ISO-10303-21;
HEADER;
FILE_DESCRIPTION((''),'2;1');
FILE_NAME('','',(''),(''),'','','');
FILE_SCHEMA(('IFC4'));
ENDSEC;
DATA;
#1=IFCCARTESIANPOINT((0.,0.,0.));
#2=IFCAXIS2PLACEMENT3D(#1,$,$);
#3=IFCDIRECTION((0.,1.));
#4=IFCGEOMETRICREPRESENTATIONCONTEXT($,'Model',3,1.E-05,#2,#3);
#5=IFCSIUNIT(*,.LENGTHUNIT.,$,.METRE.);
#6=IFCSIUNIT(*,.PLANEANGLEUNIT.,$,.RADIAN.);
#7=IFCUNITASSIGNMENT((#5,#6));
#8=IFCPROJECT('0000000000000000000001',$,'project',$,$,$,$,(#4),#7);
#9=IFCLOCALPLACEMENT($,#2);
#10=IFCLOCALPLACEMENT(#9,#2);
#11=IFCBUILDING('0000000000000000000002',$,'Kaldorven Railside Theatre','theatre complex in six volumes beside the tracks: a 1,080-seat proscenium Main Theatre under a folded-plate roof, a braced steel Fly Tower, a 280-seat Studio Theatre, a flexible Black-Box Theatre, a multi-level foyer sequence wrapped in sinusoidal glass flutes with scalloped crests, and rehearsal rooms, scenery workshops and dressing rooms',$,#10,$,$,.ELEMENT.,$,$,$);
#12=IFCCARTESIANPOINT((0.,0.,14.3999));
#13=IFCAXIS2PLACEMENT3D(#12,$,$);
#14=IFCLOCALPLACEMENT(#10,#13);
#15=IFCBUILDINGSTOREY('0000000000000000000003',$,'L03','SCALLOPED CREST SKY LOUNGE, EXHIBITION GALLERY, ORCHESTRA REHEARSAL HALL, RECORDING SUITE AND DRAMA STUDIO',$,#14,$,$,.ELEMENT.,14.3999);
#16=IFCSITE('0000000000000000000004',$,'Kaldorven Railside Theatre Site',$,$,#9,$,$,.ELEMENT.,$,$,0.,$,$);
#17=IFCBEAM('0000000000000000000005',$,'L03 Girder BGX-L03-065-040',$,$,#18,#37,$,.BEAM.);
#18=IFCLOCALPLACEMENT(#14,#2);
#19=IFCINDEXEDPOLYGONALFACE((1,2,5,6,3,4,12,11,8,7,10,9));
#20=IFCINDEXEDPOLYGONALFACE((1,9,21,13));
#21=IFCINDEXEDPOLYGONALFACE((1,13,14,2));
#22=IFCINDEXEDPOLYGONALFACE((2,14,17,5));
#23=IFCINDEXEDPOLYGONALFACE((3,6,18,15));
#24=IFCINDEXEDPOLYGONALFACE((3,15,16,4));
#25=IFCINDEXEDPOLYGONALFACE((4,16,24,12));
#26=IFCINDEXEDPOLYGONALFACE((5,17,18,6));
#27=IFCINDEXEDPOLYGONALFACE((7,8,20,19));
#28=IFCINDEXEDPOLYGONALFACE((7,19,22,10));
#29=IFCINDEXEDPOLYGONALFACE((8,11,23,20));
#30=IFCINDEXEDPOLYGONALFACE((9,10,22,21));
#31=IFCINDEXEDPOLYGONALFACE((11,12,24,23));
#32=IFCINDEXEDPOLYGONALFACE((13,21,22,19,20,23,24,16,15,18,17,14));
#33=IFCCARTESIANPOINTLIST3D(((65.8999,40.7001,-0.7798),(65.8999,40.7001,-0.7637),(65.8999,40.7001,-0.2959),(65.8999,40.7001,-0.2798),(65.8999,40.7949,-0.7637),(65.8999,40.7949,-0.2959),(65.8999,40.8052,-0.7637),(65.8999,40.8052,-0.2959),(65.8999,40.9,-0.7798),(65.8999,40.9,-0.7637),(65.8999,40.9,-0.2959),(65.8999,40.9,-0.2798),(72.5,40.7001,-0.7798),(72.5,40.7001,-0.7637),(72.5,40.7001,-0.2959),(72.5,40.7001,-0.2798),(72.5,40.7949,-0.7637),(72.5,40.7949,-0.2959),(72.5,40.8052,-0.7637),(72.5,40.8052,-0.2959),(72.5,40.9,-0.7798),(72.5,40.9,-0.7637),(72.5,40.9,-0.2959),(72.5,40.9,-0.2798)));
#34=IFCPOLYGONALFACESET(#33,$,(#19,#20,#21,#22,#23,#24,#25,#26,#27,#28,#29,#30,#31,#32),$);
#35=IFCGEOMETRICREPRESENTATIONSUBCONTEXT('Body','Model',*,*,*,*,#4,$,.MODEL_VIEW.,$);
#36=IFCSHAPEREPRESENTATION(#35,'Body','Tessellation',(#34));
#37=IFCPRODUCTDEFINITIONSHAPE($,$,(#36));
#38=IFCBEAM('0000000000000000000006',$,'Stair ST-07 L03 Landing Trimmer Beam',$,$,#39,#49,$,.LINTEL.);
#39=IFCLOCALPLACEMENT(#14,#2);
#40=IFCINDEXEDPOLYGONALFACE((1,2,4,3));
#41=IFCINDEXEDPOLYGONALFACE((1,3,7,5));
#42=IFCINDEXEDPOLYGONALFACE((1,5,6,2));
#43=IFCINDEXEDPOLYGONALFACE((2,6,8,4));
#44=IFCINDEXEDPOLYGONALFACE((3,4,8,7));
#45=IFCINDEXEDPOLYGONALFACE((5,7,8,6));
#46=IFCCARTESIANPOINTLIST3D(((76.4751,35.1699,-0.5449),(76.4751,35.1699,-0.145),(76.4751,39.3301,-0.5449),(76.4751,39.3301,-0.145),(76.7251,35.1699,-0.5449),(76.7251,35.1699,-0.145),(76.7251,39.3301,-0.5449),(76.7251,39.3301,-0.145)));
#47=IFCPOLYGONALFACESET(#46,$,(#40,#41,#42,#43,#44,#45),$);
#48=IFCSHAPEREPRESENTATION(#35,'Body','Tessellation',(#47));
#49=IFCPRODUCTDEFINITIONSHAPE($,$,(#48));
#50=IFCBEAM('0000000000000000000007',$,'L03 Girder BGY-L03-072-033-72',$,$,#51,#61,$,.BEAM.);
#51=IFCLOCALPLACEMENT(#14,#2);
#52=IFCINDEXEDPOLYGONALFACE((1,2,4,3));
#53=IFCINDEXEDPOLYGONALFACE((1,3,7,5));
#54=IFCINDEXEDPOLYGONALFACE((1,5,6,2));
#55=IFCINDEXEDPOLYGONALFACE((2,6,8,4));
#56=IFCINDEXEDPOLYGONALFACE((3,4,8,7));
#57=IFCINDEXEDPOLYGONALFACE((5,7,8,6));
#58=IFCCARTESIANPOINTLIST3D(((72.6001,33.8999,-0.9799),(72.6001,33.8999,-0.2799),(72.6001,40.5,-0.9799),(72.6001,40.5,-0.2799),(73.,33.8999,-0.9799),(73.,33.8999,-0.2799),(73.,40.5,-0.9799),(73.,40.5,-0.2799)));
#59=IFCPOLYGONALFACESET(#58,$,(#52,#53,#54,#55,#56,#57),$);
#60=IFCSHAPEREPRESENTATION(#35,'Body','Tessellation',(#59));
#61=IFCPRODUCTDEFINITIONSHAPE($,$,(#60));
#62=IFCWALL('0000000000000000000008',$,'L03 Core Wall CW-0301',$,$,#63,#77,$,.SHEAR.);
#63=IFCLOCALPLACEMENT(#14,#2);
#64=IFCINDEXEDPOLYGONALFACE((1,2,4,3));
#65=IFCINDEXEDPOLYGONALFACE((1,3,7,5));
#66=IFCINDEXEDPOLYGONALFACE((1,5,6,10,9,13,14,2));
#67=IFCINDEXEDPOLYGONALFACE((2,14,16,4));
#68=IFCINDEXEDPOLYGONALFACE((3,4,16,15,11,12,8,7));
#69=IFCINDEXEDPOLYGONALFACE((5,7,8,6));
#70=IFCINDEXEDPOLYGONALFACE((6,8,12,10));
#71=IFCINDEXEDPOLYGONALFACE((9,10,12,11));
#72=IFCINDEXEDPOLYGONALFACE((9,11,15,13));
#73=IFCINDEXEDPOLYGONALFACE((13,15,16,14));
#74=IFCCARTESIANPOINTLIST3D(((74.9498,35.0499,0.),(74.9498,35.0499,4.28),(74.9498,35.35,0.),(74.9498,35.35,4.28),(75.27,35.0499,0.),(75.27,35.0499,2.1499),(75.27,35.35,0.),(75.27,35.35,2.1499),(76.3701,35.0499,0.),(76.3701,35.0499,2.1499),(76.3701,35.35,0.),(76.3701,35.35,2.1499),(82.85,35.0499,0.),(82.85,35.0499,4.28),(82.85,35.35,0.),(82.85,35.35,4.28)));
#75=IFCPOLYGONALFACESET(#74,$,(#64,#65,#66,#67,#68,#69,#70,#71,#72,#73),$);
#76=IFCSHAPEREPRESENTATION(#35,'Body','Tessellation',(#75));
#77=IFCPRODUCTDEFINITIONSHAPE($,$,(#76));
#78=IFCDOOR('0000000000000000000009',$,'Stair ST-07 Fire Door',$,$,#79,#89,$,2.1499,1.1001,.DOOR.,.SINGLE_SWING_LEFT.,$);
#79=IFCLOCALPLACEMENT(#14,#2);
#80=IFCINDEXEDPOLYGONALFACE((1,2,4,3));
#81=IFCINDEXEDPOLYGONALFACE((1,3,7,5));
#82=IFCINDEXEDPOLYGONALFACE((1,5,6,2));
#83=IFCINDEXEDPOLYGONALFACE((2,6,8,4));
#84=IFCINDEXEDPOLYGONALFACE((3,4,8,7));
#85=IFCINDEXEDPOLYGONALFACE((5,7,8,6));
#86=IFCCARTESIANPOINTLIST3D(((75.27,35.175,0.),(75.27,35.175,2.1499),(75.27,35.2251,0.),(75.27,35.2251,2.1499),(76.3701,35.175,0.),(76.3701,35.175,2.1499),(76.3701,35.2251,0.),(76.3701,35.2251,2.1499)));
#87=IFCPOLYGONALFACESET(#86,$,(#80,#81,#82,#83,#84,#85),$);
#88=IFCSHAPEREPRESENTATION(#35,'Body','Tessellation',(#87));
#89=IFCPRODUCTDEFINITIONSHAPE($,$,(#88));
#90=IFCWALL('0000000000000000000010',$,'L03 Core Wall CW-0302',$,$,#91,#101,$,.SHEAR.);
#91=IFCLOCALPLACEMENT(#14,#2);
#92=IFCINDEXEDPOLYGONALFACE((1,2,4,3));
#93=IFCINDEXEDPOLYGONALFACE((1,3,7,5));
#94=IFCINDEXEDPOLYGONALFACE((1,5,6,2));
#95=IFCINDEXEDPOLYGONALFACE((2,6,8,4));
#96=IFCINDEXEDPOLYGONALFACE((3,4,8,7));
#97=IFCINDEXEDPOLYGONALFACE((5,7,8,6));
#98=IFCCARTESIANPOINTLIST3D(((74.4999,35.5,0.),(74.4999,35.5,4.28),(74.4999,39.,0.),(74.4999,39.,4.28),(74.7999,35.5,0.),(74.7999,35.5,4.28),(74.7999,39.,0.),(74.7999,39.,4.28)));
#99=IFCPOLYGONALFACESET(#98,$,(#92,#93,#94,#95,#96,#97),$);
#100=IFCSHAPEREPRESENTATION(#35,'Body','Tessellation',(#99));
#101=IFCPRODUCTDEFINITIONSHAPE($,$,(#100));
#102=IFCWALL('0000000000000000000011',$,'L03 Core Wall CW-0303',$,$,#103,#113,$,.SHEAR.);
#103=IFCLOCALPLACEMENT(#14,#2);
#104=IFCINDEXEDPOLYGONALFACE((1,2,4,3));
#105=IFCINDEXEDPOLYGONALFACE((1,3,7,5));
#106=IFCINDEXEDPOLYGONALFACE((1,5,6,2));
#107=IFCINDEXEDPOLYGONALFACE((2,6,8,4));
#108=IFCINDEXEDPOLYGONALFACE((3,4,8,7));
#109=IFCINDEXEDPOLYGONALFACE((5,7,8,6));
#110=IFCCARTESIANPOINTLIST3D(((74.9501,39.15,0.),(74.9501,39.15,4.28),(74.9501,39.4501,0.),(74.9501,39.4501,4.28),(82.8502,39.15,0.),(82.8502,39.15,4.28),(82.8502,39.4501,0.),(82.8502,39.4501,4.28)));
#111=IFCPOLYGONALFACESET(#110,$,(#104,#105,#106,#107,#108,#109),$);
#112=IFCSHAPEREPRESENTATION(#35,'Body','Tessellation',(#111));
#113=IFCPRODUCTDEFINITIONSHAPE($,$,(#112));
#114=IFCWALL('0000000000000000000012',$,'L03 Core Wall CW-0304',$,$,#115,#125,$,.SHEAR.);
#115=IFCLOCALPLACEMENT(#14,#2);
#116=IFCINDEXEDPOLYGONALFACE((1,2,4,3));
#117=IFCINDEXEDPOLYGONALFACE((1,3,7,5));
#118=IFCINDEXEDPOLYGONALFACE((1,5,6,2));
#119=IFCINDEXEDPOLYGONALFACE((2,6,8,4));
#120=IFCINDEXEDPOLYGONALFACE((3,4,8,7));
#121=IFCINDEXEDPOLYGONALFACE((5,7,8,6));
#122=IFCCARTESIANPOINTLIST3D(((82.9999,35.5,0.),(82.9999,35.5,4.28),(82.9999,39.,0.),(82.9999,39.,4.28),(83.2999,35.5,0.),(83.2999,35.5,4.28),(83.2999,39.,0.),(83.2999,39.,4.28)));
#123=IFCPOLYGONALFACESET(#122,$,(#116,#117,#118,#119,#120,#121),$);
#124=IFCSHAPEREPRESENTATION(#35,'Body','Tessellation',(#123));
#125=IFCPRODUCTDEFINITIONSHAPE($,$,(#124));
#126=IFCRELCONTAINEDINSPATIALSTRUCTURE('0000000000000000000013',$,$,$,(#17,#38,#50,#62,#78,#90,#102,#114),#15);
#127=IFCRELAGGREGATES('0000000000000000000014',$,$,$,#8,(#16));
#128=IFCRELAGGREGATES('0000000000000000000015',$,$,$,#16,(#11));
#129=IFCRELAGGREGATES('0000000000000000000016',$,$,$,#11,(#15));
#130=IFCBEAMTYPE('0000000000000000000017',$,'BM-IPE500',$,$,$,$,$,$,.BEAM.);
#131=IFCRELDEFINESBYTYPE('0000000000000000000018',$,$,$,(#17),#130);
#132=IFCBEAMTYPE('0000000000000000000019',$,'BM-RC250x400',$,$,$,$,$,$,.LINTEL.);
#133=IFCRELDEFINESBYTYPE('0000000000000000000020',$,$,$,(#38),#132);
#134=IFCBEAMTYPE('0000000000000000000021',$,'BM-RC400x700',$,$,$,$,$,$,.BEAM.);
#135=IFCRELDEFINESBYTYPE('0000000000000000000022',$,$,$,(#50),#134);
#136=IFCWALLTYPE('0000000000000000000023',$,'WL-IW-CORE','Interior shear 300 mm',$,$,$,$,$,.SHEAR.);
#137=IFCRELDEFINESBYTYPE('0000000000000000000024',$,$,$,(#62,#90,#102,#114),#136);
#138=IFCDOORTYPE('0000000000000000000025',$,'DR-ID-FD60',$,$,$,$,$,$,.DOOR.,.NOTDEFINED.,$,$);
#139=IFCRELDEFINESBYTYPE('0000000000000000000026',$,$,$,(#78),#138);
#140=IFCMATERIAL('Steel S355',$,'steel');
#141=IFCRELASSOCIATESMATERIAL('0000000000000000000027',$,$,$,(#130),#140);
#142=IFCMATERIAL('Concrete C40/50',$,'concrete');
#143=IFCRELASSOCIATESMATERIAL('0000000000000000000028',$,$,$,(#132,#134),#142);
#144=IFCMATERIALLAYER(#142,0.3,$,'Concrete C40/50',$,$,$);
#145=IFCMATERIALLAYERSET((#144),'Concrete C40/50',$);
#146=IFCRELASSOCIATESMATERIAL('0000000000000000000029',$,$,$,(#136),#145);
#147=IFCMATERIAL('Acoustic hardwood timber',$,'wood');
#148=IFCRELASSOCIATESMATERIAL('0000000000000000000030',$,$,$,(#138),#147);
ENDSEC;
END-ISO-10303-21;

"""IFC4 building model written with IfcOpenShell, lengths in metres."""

from ifc_helpers import new_model, si_unit, direction, frame, frame_2d, origin, origin_2d, place, context, subcontext, project, spatial, rectangle, i_section, extrude, material, layer, layer_set, material_profile, profile_set, type_object, element, fill, save


model = new_model("IFC4")

# Units and contexts
model_context = context("Model", 3, precision=1e-05, world=origin(), true_north=direction((0.0, 1.0)))
body_context = subcontext(model_context, "Body", "Model", "MODEL_VIEW")
ifc_project = project(units=[si_unit("LENGTHUNIT", "METRE"), si_unit("PLANEANGLEUNIT", "RADIAN")], contexts=[model_context])

# Site, building, storey
site_placement = place(None, origin())
site = spatial("IfcSite", under=ifc_project, at=site_placement, Name="Kaldorven Railside Theatre Site", CompositionType="ELEMENT", RefElevation=0.0)
building_placement = place(site_placement, origin())
building = spatial("IfcBuilding", under=site, at=building_placement, Name="Kaldorven Railside Theatre", Description="theatre complex in six volumes beside the tracks: a 1,080-seat proscenium Main Theatre under a folded-plate roof, a braced steel Fly Tower, a 280-seat Studio Theatre, a flexible Black-Box Theatre, a multi-level foyer sequence wrapped in sinusoidal glass flutes with scalloped crests, and rehearsal rooms, scenery workshops and dressing rooms", CompositionType="ELEMENT")
storey_placement = place(building_placement, frame((0.0, 0.0, 14.3999)))
storey = spatial("IfcBuildingStorey", under=building, at=storey_placement, Name="L03", Description="SCALLOPED CREST SKY LOUNGE, EXHIBITION GALLERY, ORCHESTRA REHEARSAL HALL, RECORDING SUITE AND DRAMA STUDIO", CompositionType="ELEMENT", Elevation=14.3999)

# Shared definitions
ifc_material_1 = material(Name="Concrete C40/50", Category="concrete")

# Beams
ifc_material_2 = material(Name="Steel S355", Category="steel")
ifc_material_profile_1 = material_profile(ifc_material_2, i_section(OverallWidth=0.2, OverallDepth=0.5, WebThickness=0.0103, FlangeThickness=0.0161, at=origin_2d()), Name="IPE 500")
ifc_profile_set_1 = profile_set([ifc_material_profile_1], Name="Steel S355")
beam_type_1 = type_object("IfcBeamType", Name="BM-IPE500", PredefinedType="BEAM", material=ifc_profile_set_1)
beam_1_placement = place(storey_placement, frame((65.8999, 40.8, -0.5298), z_axis=(1.0, 0.0, 0.0), x_axis=(0.0, 1.0, 0.0)))
element("IfcBeam", 1, at=beam_1_placement, inside=storey, type_object=beam_type_1, Name="L03 Girder BGX-L03-065-040", PredefinedType="BEAM", context=body_context, shape_type="SweptSolid", body=[
    extrude(i_section(OverallWidth=0.2, OverallDepth=0.5, WebThickness=0.0103, FlangeThickness=0.0161, at=origin_2d()), origin(), (0.0, 0.0, 1.0), 6.6001),
])
ifc_material_profile_2 = material_profile(ifc_material_1, rectangle(XDim=0.25, YDim=0.3999, at=origin_2d()), Name="RC 250x400")
ifc_profile_set_2 = profile_set([ifc_material_profile_2], Name="Concrete C40/50")
beam_type_2 = type_object("IfcBeamType", Name="BM-RC250x400", PredefinedType="LINTEL", material=ifc_profile_set_2)
beam_2_placement = place(storey_placement, frame((76.6001, 35.1699, -0.345), z_axis=(0.0, 1.0, 0.0), x_axis=(-1.0, 0.0, 0.0)))
element("IfcBeam", 2, at=beam_2_placement, inside=storey, type_object=beam_type_2, Name="Stair ST-07 L03 Landing Trimmer Beam", PredefinedType="LINTEL", context=body_context, shape_type="SweptSolid", body=[
    extrude(rectangle(XDim=0.25, YDim=0.3999, at=origin_2d()), origin(), (0.0, 0.0, 1.0), 4.1602),
])
ifc_material_profile_3 = material_profile(ifc_material_1, rectangle(XDim=0.3999, YDim=0.7, at=origin_2d()), Name="RC 400x700")
ifc_profile_set_3 = profile_set([ifc_material_profile_3], Name="Concrete C40/50")
beam_type_3 = type_object("IfcBeamType", Name="BM-RC400x700", PredefinedType="BEAM", material=ifc_profile_set_3)
beam_3_placement = place(storey_placement, frame((72.8, 33.8999, -0.6299), z_axis=(0.0, 1.0, 0.0), x_axis=(-1.0, 0.0, 0.0)))
element("IfcBeam", 3, at=beam_3_placement, inside=storey, type_object=beam_type_3, Name="L03 Girder BGY-L03-072-033-72", PredefinedType="BEAM", context=body_context, shape_type="SweptSolid", body=[
    extrude(rectangle(XDim=0.3999, YDim=0.7, at=origin_2d()), origin(), (0.0, 0.0, 1.0), 6.6001),
])

# Wall, opening, door
ifc_layer = layer(ifc_material_1, 0.3, Name="Concrete C40/50")
ifc_layer_set = layer_set([ifc_layer], Name="Concrete C40/50")
wall_type = type_object("IfcWallType", Name="WL-IW-CORE", Description="Interior shear 300 mm", PredefinedType="SHEAR", material=ifc_layer_set)
wall_1_placement = place(storey_placement, frame((82.8501, 35.2, 0.0), z_axis=(0.0, 0.0, 1.0), x_axis=(-1.0, 0.0, 0.0)))
wall_1 = element("IfcWall", 4, at=wall_1_placement, inside=storey, type_object=wall_type, Name="L03 Core Wall CW-0301", PredefinedType="SHEAR", context=body_context, shape_type="SweptSolid", body=[
    extrude(rectangle(XDim=7.9001, YDim=0.3, at=frame_2d((3.9502, 0.0))), origin(), (0.0, 0.0, 1.0), 4.28),
])
opening_placement = place(wall_1_placement, frame((6.48, 0.0, 0.0)))
opening = element("IfcOpeningElement", 5, at=opening_placement, cuts=wall_1, PredefinedType="OPENING", context=body_context, shape_type="SweptSolid", body=[
    extrude(rectangle(XDim=1.1001, YDim=2.1499, at=frame_2d((0.55, 1.075))), frame((0.0, 0.1602, 0.0), z_axis=(0.0, -1.0, 0.0), x_axis=(1.0, 0.0, 0.0)), (0.0, 0.0, 1.0), 0.3201),
])
ifc_material_3 = material(Name="Acoustic hardwood timber", Category="wood")
door_type = type_object("IfcDoorType", Name="DR-ID-FD60", OperationType="NOTDEFINED", PredefinedType="DOOR", material=ifc_material_3)
door_placement = place(opening_placement, origin())
door = element("IfcDoor", 6, at=door_placement, inside=storey, type_object=door_type, Name="Stair ST-07 Fire Door", OperationType="SINGLE_SWING_LEFT", OverallHeight=2.1499, OverallWidth=1.1001, PredefinedType="DOOR", context=body_context, shape_type="SweptSolid", body=[
    extrude(rectangle(XDim=1.1001, YDim=2.1499, at=frame_2d((0.55, 1.075))), frame((0.0, 0.0249, 0.0), z_axis=(0.0, -1.0, 0.0), x_axis=(1.0, 0.0, 0.0)), (0.0, 0.0, 1.0), 0.05),
])
fill(opening, door)

# Walls
wall_2_placement = place(storey_placement, frame((74.6499, 35.5, 0.0), z_axis=(0.0, 0.0, 1.0), x_axis=(0.0, 1.0, 0.0)))
element("IfcWall", 7, at=wall_2_placement, inside=storey, type_object=wall_type, Name="L03 Core Wall CW-0302", PredefinedType="SHEAR", context=body_context, shape_type="SweptSolid", body=[
    extrude(rectangle(XDim=3.5, YDim=0.3, at=frame_2d((1.75, 0.0))), origin(), (0.0, 0.0, 1.0), 4.28),
])
wall_3_placement = place(storey_placement, frame((74.95, 39.3, 0.0), z_axis=(0.0, 0.0, 1.0), x_axis=(1.0, 0.0, 0.0)))
element("IfcWall", 8, at=wall_3_placement, inside=storey, type_object=wall_type, Name="L03 Core Wall CW-0303", PredefinedType="SHEAR", context=body_context, shape_type="SweptSolid", body=[
    extrude(rectangle(XDim=7.9001, YDim=0.3, at=frame_2d((3.9502, 0.0))), origin(), (0.0, 0.0, 1.0), 4.28),
])
wall_4_placement = place(storey_placement, frame((83.1499, 39.0, 0.0), z_axis=(0.0, 0.0, 1.0), x_axis=(0.0, -1.0, 0.0)))
element("IfcWall", 9, at=wall_4_placement, inside=storey, type_object=wall_type, Name="L03 Core Wall CW-0304", PredefinedType="SHEAR", context=body_context, shape_type="SweptSolid", body=[
    extrude(rectangle(XDim=3.5, YDim=0.3, at=frame_2d((1.75, 0.0))), origin(), (0.0, 0.0, 1.0), 4.28),
])

save(model, "model.ifc")
